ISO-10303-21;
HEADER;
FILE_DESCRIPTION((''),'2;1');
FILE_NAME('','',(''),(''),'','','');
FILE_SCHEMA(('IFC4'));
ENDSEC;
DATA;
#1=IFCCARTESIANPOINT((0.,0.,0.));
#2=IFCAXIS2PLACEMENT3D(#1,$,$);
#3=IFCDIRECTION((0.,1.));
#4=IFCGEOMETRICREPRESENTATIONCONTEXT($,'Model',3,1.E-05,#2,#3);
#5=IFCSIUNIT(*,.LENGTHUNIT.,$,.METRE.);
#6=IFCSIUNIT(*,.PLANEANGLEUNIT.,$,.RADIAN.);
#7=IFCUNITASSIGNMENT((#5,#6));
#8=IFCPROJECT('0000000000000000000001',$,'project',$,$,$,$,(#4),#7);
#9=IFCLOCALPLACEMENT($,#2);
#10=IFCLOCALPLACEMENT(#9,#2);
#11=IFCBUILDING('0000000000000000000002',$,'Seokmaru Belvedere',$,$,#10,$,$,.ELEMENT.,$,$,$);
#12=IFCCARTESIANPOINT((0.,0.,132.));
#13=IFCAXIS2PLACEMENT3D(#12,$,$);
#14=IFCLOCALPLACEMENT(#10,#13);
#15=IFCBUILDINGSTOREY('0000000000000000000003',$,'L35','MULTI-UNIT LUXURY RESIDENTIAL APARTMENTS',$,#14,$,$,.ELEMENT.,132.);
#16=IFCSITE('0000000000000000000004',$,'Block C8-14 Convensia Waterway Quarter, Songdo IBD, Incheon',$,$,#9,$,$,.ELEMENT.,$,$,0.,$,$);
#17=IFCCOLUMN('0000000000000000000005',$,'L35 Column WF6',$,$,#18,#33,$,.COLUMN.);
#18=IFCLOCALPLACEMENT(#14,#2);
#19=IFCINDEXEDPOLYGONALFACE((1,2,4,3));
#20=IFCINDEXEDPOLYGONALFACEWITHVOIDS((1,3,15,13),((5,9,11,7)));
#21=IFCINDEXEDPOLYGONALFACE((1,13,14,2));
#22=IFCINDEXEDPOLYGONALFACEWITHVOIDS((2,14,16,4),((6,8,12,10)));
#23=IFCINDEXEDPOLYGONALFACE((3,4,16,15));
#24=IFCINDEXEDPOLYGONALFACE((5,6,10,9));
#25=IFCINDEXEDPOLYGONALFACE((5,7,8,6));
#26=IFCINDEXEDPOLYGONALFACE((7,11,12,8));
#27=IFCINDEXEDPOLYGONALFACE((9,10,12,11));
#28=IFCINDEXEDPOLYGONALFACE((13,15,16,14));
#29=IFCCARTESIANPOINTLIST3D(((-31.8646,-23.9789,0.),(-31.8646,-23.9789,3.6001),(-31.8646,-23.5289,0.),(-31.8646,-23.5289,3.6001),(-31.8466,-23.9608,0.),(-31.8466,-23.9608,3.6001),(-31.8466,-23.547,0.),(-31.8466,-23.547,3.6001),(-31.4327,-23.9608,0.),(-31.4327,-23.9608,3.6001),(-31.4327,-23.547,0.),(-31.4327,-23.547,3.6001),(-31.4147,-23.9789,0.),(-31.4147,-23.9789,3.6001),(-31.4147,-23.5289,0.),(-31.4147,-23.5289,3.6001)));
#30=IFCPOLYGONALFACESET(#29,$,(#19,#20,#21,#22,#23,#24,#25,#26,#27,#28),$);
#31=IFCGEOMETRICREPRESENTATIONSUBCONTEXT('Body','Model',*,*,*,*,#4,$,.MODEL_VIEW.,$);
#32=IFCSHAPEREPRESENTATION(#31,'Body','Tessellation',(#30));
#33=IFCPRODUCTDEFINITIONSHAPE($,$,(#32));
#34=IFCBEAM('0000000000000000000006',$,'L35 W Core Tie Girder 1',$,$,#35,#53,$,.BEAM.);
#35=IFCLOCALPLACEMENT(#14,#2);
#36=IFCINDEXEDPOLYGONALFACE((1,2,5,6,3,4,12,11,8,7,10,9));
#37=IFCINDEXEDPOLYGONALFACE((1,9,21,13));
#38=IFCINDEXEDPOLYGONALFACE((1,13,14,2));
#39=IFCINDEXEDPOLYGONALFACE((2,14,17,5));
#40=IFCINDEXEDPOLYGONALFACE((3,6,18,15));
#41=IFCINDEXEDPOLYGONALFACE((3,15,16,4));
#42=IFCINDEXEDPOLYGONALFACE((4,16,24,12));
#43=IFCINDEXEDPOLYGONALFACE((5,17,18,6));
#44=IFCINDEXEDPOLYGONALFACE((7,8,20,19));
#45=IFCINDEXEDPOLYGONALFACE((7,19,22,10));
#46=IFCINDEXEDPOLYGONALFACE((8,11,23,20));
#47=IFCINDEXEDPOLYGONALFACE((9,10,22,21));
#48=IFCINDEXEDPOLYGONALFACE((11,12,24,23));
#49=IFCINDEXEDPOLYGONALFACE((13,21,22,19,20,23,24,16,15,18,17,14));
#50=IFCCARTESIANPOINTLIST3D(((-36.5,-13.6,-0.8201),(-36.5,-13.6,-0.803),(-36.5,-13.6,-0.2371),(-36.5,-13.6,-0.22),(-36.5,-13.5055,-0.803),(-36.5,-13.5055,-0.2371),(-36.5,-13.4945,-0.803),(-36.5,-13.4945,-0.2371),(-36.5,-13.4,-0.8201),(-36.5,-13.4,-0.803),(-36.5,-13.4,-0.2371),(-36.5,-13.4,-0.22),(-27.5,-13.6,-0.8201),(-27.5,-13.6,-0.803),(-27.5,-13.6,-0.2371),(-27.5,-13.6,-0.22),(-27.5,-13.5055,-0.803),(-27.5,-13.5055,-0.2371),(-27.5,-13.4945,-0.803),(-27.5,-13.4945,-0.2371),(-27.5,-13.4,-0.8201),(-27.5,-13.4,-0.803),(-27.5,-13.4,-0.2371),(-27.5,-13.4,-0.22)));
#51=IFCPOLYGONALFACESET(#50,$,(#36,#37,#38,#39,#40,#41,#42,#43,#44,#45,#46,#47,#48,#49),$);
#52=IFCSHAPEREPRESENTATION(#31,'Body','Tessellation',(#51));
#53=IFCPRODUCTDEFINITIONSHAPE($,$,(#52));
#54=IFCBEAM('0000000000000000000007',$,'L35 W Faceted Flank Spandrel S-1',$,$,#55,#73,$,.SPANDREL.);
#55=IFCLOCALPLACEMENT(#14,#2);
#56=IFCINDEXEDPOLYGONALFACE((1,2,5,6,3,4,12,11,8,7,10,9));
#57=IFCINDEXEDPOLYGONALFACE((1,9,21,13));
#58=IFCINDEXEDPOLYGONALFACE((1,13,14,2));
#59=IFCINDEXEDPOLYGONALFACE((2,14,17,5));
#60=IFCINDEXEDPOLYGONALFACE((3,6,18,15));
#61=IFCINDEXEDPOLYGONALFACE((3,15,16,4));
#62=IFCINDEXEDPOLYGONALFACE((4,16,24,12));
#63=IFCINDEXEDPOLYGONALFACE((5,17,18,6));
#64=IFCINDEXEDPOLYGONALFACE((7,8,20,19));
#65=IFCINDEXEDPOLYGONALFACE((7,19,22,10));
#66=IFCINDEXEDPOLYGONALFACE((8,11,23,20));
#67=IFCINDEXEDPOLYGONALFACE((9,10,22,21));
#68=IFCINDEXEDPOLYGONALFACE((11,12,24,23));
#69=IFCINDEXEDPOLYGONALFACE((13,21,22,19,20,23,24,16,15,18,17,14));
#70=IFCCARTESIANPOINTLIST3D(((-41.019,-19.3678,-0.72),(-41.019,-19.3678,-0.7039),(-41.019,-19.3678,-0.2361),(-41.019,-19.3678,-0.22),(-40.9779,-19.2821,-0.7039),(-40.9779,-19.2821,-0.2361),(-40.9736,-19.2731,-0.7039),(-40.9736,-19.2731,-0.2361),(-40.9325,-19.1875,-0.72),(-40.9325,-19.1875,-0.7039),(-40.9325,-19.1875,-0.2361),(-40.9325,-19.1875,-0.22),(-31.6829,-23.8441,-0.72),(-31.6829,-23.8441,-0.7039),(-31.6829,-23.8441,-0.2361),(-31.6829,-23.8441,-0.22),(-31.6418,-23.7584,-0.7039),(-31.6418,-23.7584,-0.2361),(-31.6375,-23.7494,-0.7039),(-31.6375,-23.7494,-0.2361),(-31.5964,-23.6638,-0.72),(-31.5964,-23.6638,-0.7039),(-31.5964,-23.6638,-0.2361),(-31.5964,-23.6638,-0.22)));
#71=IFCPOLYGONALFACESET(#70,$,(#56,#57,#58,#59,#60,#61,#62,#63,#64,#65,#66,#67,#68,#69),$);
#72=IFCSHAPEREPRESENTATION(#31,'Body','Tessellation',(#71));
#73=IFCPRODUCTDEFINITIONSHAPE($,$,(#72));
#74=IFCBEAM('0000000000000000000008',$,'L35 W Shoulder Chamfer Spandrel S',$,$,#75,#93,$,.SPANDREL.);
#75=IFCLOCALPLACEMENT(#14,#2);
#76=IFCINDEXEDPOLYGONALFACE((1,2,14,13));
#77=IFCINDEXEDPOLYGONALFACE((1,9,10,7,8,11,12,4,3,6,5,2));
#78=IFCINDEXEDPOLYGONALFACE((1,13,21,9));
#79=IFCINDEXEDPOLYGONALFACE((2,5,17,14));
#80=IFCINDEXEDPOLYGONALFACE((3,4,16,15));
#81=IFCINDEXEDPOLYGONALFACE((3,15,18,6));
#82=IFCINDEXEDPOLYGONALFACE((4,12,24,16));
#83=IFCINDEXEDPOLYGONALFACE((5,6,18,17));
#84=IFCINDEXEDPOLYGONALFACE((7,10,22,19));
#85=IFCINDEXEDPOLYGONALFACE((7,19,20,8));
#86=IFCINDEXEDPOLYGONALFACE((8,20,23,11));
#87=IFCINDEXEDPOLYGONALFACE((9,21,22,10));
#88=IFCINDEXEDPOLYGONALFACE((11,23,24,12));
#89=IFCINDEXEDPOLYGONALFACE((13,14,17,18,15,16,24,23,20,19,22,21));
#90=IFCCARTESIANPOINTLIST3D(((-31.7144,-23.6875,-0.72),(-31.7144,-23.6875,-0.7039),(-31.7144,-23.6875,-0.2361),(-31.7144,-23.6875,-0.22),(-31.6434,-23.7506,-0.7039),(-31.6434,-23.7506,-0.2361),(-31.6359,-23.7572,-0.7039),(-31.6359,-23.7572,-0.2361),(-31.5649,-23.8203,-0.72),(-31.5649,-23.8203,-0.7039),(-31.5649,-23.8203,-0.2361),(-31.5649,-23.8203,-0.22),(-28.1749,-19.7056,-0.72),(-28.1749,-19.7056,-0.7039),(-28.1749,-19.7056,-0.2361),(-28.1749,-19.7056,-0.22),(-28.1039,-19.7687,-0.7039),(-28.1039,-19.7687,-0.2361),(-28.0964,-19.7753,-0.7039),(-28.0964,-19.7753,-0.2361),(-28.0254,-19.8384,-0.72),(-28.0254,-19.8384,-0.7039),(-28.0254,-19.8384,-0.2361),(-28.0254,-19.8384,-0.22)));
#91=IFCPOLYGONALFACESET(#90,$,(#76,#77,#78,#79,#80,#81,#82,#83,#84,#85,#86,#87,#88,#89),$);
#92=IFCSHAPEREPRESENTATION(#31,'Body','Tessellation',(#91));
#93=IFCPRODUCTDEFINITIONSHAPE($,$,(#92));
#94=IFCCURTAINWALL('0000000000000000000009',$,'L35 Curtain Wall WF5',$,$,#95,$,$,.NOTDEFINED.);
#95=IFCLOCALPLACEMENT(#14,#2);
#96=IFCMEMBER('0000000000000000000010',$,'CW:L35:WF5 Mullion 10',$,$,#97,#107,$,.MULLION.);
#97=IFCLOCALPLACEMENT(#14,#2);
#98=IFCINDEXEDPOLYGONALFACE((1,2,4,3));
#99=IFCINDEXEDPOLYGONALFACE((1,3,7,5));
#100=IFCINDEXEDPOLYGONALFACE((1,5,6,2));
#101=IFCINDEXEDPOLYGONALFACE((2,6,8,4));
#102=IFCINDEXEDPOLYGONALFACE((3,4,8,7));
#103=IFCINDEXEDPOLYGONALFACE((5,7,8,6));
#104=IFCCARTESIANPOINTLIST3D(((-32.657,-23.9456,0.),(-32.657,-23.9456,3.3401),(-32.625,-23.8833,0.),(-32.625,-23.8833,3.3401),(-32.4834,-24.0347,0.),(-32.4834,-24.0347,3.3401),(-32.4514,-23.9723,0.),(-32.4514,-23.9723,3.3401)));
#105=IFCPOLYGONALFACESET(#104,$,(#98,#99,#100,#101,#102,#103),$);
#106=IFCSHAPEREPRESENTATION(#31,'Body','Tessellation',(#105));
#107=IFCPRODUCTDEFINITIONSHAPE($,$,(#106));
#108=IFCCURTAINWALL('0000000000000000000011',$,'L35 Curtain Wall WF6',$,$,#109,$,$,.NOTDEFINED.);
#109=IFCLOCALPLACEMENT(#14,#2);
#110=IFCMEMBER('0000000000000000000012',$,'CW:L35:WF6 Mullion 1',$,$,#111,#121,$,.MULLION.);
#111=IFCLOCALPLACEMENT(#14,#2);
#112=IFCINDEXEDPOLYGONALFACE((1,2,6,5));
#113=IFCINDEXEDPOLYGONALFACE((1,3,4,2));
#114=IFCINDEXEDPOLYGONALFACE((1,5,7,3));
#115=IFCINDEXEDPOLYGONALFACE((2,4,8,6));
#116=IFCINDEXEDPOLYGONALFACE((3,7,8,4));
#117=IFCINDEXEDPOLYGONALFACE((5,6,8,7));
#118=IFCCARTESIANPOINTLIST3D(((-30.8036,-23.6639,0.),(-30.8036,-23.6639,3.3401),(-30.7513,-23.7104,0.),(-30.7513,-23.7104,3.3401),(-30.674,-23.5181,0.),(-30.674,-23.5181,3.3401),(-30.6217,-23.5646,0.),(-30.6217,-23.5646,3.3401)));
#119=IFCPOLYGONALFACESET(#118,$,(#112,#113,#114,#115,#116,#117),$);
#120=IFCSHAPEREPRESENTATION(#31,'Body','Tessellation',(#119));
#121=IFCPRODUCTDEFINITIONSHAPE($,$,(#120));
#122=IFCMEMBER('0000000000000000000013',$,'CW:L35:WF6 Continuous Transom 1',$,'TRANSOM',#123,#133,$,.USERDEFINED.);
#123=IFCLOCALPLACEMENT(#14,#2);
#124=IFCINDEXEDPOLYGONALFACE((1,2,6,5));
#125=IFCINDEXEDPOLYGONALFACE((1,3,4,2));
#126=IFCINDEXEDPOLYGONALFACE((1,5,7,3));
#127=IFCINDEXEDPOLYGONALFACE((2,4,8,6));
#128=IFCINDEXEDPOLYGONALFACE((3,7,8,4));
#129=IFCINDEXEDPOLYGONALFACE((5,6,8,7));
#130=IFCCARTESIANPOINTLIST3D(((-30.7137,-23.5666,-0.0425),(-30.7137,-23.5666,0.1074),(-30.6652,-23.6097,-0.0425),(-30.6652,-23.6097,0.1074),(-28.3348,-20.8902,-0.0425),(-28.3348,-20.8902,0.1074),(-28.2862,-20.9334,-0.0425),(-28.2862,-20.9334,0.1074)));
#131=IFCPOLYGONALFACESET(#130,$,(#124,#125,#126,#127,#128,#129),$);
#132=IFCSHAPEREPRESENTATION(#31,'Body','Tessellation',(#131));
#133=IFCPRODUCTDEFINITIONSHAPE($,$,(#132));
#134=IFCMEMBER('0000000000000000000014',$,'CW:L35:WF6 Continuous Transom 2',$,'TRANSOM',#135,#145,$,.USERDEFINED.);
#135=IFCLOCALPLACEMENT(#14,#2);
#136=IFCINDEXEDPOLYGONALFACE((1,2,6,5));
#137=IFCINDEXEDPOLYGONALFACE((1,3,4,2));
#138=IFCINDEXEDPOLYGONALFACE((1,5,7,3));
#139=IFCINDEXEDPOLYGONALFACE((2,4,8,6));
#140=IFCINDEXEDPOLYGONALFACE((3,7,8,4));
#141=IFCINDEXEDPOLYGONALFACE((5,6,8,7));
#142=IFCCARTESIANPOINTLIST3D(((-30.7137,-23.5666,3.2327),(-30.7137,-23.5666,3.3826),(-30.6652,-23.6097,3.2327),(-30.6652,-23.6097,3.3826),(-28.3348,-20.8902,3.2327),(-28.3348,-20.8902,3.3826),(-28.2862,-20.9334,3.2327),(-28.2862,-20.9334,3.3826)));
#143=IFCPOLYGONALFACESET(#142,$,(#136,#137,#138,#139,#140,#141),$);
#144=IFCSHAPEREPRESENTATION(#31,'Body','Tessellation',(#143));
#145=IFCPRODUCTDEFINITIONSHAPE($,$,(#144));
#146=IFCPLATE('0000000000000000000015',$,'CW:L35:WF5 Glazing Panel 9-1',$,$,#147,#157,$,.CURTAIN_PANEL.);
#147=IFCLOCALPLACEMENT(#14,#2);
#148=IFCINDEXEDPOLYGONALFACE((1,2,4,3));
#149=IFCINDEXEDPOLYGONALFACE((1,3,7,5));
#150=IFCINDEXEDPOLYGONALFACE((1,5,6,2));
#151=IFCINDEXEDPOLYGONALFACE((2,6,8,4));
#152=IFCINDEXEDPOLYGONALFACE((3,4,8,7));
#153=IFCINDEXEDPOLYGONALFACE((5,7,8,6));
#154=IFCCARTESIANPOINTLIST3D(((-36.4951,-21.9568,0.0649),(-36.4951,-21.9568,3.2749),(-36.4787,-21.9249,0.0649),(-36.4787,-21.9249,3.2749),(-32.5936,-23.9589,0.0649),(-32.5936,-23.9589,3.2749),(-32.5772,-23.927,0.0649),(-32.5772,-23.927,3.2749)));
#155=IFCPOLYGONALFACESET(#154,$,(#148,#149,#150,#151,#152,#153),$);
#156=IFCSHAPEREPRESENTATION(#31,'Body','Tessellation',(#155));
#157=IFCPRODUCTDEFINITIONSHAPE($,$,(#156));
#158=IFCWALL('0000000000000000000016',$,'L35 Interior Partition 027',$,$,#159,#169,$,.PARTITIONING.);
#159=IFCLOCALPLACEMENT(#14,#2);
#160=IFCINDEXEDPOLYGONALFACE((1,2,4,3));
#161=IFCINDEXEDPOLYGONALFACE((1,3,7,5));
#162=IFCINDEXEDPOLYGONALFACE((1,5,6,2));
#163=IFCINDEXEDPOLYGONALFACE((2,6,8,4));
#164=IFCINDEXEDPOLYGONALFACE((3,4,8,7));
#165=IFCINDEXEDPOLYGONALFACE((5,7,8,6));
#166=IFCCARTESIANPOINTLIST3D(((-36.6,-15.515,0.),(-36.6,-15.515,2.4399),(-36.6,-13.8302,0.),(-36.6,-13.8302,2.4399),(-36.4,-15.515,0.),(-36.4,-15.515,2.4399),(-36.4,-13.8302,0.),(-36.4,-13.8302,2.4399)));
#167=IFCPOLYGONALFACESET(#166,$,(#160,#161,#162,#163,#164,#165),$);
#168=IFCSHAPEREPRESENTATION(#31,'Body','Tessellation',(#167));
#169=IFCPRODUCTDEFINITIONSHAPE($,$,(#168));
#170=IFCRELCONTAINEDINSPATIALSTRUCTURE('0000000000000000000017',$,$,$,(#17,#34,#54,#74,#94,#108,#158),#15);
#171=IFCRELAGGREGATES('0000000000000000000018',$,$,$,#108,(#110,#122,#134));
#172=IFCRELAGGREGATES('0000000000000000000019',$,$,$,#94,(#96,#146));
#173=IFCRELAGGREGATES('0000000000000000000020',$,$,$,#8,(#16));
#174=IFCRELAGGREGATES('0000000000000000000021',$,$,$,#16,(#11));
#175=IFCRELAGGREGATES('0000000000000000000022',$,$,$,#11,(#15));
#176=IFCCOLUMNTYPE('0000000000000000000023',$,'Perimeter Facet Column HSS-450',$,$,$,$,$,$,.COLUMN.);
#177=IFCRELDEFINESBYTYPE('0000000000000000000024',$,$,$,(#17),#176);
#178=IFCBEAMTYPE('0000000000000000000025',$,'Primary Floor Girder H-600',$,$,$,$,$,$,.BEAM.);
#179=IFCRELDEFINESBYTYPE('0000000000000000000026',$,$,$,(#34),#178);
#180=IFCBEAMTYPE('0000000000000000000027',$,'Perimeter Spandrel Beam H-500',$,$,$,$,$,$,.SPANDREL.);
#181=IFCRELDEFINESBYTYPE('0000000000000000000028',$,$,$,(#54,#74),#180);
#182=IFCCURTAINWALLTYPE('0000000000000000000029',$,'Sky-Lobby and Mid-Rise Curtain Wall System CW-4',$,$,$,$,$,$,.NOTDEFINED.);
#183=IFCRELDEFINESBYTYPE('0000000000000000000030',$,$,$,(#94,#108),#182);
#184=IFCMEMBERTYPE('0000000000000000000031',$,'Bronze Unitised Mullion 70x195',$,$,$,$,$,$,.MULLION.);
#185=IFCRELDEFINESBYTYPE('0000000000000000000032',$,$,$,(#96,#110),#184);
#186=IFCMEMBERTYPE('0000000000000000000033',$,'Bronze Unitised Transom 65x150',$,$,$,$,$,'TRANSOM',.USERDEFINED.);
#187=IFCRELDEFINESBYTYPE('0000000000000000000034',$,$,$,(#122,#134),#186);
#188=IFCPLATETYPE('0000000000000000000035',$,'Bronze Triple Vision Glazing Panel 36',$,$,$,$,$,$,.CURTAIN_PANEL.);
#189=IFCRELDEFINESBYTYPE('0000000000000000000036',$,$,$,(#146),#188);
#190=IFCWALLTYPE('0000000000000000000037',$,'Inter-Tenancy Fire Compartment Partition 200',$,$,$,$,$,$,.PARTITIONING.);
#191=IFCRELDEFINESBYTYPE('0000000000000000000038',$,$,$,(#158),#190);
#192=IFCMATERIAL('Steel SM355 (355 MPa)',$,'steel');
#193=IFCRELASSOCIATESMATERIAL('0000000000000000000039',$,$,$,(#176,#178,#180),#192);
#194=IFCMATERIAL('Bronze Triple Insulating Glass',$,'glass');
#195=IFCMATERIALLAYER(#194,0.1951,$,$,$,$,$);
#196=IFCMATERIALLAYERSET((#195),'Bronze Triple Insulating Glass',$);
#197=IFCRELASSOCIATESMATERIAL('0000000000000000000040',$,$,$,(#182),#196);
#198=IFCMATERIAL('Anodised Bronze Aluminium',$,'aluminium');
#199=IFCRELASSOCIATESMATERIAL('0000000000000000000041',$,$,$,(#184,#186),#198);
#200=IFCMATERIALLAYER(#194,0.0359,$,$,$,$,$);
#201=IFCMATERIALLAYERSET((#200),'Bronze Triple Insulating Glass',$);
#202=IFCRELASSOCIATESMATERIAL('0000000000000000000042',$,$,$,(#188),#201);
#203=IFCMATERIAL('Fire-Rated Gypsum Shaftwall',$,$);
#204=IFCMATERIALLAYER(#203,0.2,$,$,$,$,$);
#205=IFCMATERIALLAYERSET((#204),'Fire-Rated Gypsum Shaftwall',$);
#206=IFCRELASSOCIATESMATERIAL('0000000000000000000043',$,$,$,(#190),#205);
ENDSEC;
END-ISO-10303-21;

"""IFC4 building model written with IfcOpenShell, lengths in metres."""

from ifc_helpers import new_model, si_unit, direction, frame, frame_2d, origin, origin_2d, place, context, subcontext, project, spatial, rectangle, hollow_rectangle, i_section, extrude, source, transform, mapped, material, layer, layer_set, material_profile, profile_set, type_object, type_shapes, element, aggregate, save


model = new_model("IFC4")

# Units and contexts
model_context = context("Model", 3, precision=1e-05, world=origin(), true_north=direction((0.0, 1.0)))
body_context = subcontext(model_context, "Body", "Model", "MODEL_VIEW")
ifc_project = project(units=[si_unit("LENGTHUNIT", "METRE"), si_unit("PLANEANGLEUNIT", "RADIAN")], contexts=[model_context])

# Site, building, storey
site_placement = place(None, origin())
site = spatial("IfcSite", under=ifc_project, at=site_placement, Name="Block C8-14 Convensia Waterway Quarter, Songdo IBD, Incheon", CompositionType="ELEMENT", RefElevation=0.0)
building_placement = place(site_placement, origin())
building = spatial("IfcBuilding", under=site, at=building_placement, Name="Seokmaru Belvedere", CompositionType="ELEMENT")
storey_placement = place(building_placement, frame((0.0, 0.0, 132.0)))
storey = spatial("IfcBuildingStorey", under=building, at=storey_placement, Name="L35", Description="MULTI-UNIT LUXURY RESIDENTIAL APARTMENTS", CompositionType="ELEMENT", Elevation=132.0)

# Column
ifc_material_1 = material(Name="Steel SM355 (355 MPa)", Category="steel")
ifc_material_profile_1 = material_profile(ifc_material_1, hollow_rectangle(XDim=0.45, YDim=0.45, WallThickness=0.0181, at=origin_2d()), Name="HSS-450x450x18")
ifc_profile_set_1 = profile_set([ifc_material_profile_1], Name="Steel SM355 (355 MPa)")
column_type = type_object("IfcColumnType", Name="Perimeter Facet Column HSS-450", PredefinedType="COLUMN", material=ifc_profile_set_1)
shared_shape_1 = source(origin(), body_context, "Body", "SweptSolid", [
    extrude(hollow_rectangle(XDim=0.45, YDim=0.45, WallThickness=0.0181, at=origin_2d()), origin(), (0.0, 0.0, 1.0), 3.6001),
])
type_shapes(column_type, [shared_shape_1])
column_placement = place(storey_placement, frame((-31.6396, -23.7539, 0.0), z_axis=(0.0, 0.0, 1.0), x_axis=(1.0, 0.0, 0.0)))
element("IfcColumn", 1, at=column_placement, inside=storey, type_object=column_type, Name="L35 Column WF6", PredefinedType="COLUMN", context=body_context, shape_type="MappedRepresentation", body=[
    mapped(shared_shape_1, transform((0.0, 0.0, 0.0), scale=1.0)),
])

# Beams
ifc_material_profile_2 = material_profile(ifc_material_1, i_section(OverallWidth=0.2, OverallDepth=0.6001, WebThickness=0.011, FlangeThickness=0.0171, at=origin_2d()), Name="H-600x200x11x17")
ifc_profile_set_2 = profile_set([ifc_material_profile_2], Name="Steel SM355 (355 MPa)")
beam_type_1 = type_object("IfcBeamType", Name="Primary Floor Girder H-600", PredefinedType="BEAM", material=ifc_profile_set_2)
shared_shape_2 = source(origin(), body_context, "Body", "SweptSolid", [
    extrude(i_section(OverallWidth=0.2, OverallDepth=0.6001, WebThickness=0.011, FlangeThickness=0.0171, at=origin_2d()), origin(), (0.0, 0.0, 1.0), 9.0),
])
type_shapes(beam_type_1, [shared_shape_2])
beam_1_placement = place(storey_placement, frame((-36.5, -13.5, -0.52), z_axis=(1.0, 0.0, 0.0), x_axis=(0.0, 1.0, 0.0)))
element("IfcBeam", 2, at=beam_1_placement, inside=storey, type_object=beam_type_1, Name="L35 W Core Tie Girder 1", PredefinedType="BEAM", context=body_context, shape_type="MappedRepresentation", body=[
    mapped(shared_shape_2, transform((0.0, 0.0, 0.0), scale=1.0)),
])
ifc_material_profile_3 = material_profile(ifc_material_1, i_section(OverallWidth=0.2, OverallDepth=0.5, WebThickness=0.01, FlangeThickness=0.0161, at=origin_2d()), Name="H-500x200x10x16")
ifc_profile_set_3 = profile_set([ifc_material_profile_3], Name="Steel SM355 (355 MPa)")
beam_type_2 = type_object("IfcBeamType", Name="Perimeter Spandrel Beam H-500", PredefinedType="SPANDREL", material=ifc_profile_set_3)
shared_shape_3 = source(origin(), body_context, "Body", "SweptSolid", [
    extrude(i_section(OverallWidth=0.2, OverallDepth=0.5, WebThickness=0.01, FlangeThickness=0.0161, at=origin_2d()), origin(), (0.0, 0.0, 1.0), 10.3538),
])
beam_2_placement = place(storey_placement, frame((-31.6396, -23.7539, -0.47), z_axis=(-0.901713, 0.432335, 0.0), x_axis=(-0.432335, -0.901713, 0.0)))
element("IfcBeam", 3, at=beam_2_placement, inside=storey, type_object=beam_type_2, Name="L35 W Faceted Flank Spandrel S-1", PredefinedType="SPANDREL", context=body_context, shape_type="MappedRepresentation", body=[
    mapped(shared_shape_3, transform((0.0, 0.0, 0.0), scale=1.0)),
])
shared_shape_4 = source(origin(), body_context, "Body", "SweptSolid", [
    extrude(i_section(OverallWidth=0.2, OverallDepth=0.5, WebThickness=0.01, FlangeThickness=0.0161, at=origin_2d()), origin(), (0.0, 0.0, 1.0), 5.3276),
])
type_shapes(beam_type_2, [shared_shape_3, shared_shape_4])
beam_3_placement = place(storey_placement, frame((-31.6396, -23.7539, -0.47), z_axis=(0.66437, 0.747404, 0.0), x_axis=(-0.747404, 0.66437, 0.0)))
element("IfcBeam", 4, at=beam_3_placement, inside=storey, type_object=beam_type_2, Name="L35 W Shoulder Chamfer Spandrel S", PredefinedType="SPANDREL", context=body_context, shape_type="MappedRepresentation", body=[
    mapped(shared_shape_4, transform((0.0, 0.0, 0.0), scale=1.0)),
])

# Curtain wall, member
ifc_material_2 = material(Name="Bronze Triple Insulating Glass", Category="glass")
ifc_layer_1 = layer(ifc_material_2, 0.1951)
ifc_layer_set_1 = layer_set([ifc_layer_1], Name="Bronze Triple Insulating Glass")
curtain_wall_type = type_object("IfcCurtainWallType", Name="Sky-Lobby and Mid-Rise Curtain Wall System CW-4", PredefinedType="NOTDEFINED", material=ifc_layer_set_1)
curtain_wall_1_placement = place(storey_placement, origin())
curtain_wall_1 = element("IfcCurtainWall", 5, at=curtain_wall_1_placement, inside=storey, type_object=curtain_wall_type, Name="L35 Curtain Wall WF5", PredefinedType="NOTDEFINED")
ifc_material_3 = material(Name="Anodised Bronze Aluminium", Category="aluminium")
ifc_material_profile_4 = material_profile(ifc_material_3, rectangle(XDim=0.0701, YDim=0.1951, at=origin_2d()), Name="CW-M-70x195")
ifc_profile_set_4 = profile_set([ifc_material_profile_4], Name="Anodised Bronze Aluminium")
member_type_1 = type_object("IfcMemberType", Name="Bronze Unitised Mullion 70x195", PredefinedType="MULLION", material=ifc_profile_set_4)
shared_shape_5 = source(origin(), body_context, "Body", "SweptSolid", [
    extrude(rectangle(XDim=0.0701, YDim=0.1951, at=origin_2d()), origin(), (0.0, 0.0, 1.0), 3.3401),
])
type_shapes(member_type_1, [shared_shape_5])
member_1_placement = place(storey_placement, frame((-32.5542, -23.959, 0.0), z_axis=(0.0, 0.0, 1.0), x_axis=(0.456555, 0.889695, 0.0)))
member_1 = element("IfcMember", 6, at=member_1_placement, type_object=member_type_1, Name="CW:L35:WF5 Mullion 10", PredefinedType="MULLION", context=body_context, shape_type="MappedRepresentation", body=[
    mapped(shared_shape_5, transform((0.0, 0.0, 0.0), scale=1.0)),
])

# Curtain wall, members
curtain_wall_2_placement = place(storey_placement, origin())
curtain_wall_2 = element("IfcCurtainWall", 7, at=curtain_wall_2_placement, inside=storey, type_object=curtain_wall_type, Name="L35 Curtain Wall WF6", PredefinedType="NOTDEFINED")
member_2_placement = place(storey_placement, frame((-30.7126, -23.6143, 0.0), z_axis=(0.0, 0.0, 1.0), x_axis=(-0.74741, 0.664363, 0.0)))
member_2 = element("IfcMember", 8, at=member_2_placement, type_object=member_type_1, Name="CW:L35:WF6 Mullion 1", PredefinedType="MULLION", context=body_context, shape_type="MappedRepresentation", body=[
    mapped(shared_shape_5, transform((0.0, 0.0, 0.0), scale=1.0)),
])
ifc_material_profile_5 = material_profile(ifc_material_3, rectangle(XDim=0.0649, YDim=0.1499, at=origin_2d()), Name="CW-T-65x150")
ifc_profile_set_5 = profile_set([ifc_material_profile_5], Name="Anodised Bronze Aluminium")
member_type_2 = type_object("IfcMemberType", Name="Bronze Unitised Transom 65x150", ElementType="TRANSOM", PredefinedType="USERDEFINED", material=ifc_profile_set_5)
shared_shape_6 = source(origin(), body_context, "Body", "SweptSolid", [
    extrude(rectangle(XDim=0.0649, YDim=0.1499, at=origin_2d()), origin(), (0.0, 0.0, 1.0), 3.5808),
])
type_shapes(member_type_2, [shared_shape_6])
member_3_placement = place(storey_placement, frame((-30.6895, -23.5881, 0.0325), z_axis=(0.664364, 0.747409, 0.0), x_axis=(-0.747409, 0.664364, 0.0)))
member_3 = element("IfcMember", 9, at=member_3_placement, type_object=member_type_2, Name="CW:L35:WF6 Continuous Transom 1", ObjectType="TRANSOM", PredefinedType="USERDEFINED", context=body_context, shape_type="MappedRepresentation", body=[
    mapped(shared_shape_6, transform((0.0, 0.0, 0.0), scale=1.0)),
])
member_4_placement = place(storey_placement, frame((-30.6895, -23.5881, 3.3076), z_axis=(0.664364, 0.747409, 0.0), x_axis=(-0.747409, 0.664364, 0.0)))
member_4 = element("IfcMember", 10, at=member_4_placement, type_object=member_type_2, Name="CW:L35:WF6 Continuous Transom 2", ObjectType="TRANSOM", PredefinedType="USERDEFINED", context=body_context, shape_type="MappedRepresentation", body=[
    mapped(shared_shape_6, transform((0.0, 0.0, 0.0), scale=1.0)),
])
aggregate(curtain_wall_2, [member_2, member_3, member_4])

# Plate
ifc_layer_2 = layer(ifc_material_2, 0.0359)
ifc_layer_set_2 = layer_set([ifc_layer_2], Name="Bronze Triple Insulating Glass")
plate_type = type_object("IfcPlateType", Name="Bronze Triple Vision Glazing Panel 36", PredefinedType="CURTAIN_PANEL", material=ifc_layer_set_2)
shared_shape_7 = source(origin(), body_context, "Body", "SweptSolid", [
    extrude(rectangle(XDim=4.3853, YDim=0.0359, at=origin_2d()), origin(), (0.0, 0.0, 1.0), 3.21),
])
type_shapes(plate_type, [shared_shape_7])
plate_placement = place(storey_placement, frame((-34.5361, -22.9419, 0.0649), z_axis=(0.0, 0.0, 1.0), x_axis=(0.889695, -0.456555, 0.0)))
plate = element("IfcPlate", 11, at=plate_placement, type_object=plate_type, Name="CW:L35:WF5 Glazing Panel 9-1", PredefinedType="CURTAIN_PANEL", context=body_context, shape_type="MappedRepresentation", body=[
    mapped(shared_shape_7, transform((0.0, 0.0, 0.0), scale=1.0)),
])
aggregate(curtain_wall_1, [member_1, plate])

# Wall
ifc_material_4 = material(Name="Fire-Rated Gypsum Shaftwall")
ifc_layer_3 = layer(ifc_material_4, 0.2)
ifc_layer_set_3 = layer_set([ifc_layer_3], Name="Fire-Rated Gypsum Shaftwall")
wall_type_1 = type_object("IfcWallType", Name="Inter-Tenancy Fire Compartment Partition 200", PredefinedType="PARTITIONING", material=ifc_layer_set_3)
wall_1_placement = place(storey_placement, frame((-36.5, -15.5149, 0.0), z_axis=(0.0, 0.0, 1.0), x_axis=(0.0, 1.0, 0.0)))
element("IfcWall", 12, at=wall_1_placement, inside=storey, type_object=wall_type_1, Name="L35 Interior Partition 027", PredefinedType="PARTITIONING", context=body_context, shape_type="SweptSolid", body=[
    extrude(rectangle(XDim=1.6848, YDim=0.2, at=frame_2d((0.8423, 0.0))), origin(), (0.0, 0.0, 1.0), 2.4399),
])

save(model, "model.ifc")
